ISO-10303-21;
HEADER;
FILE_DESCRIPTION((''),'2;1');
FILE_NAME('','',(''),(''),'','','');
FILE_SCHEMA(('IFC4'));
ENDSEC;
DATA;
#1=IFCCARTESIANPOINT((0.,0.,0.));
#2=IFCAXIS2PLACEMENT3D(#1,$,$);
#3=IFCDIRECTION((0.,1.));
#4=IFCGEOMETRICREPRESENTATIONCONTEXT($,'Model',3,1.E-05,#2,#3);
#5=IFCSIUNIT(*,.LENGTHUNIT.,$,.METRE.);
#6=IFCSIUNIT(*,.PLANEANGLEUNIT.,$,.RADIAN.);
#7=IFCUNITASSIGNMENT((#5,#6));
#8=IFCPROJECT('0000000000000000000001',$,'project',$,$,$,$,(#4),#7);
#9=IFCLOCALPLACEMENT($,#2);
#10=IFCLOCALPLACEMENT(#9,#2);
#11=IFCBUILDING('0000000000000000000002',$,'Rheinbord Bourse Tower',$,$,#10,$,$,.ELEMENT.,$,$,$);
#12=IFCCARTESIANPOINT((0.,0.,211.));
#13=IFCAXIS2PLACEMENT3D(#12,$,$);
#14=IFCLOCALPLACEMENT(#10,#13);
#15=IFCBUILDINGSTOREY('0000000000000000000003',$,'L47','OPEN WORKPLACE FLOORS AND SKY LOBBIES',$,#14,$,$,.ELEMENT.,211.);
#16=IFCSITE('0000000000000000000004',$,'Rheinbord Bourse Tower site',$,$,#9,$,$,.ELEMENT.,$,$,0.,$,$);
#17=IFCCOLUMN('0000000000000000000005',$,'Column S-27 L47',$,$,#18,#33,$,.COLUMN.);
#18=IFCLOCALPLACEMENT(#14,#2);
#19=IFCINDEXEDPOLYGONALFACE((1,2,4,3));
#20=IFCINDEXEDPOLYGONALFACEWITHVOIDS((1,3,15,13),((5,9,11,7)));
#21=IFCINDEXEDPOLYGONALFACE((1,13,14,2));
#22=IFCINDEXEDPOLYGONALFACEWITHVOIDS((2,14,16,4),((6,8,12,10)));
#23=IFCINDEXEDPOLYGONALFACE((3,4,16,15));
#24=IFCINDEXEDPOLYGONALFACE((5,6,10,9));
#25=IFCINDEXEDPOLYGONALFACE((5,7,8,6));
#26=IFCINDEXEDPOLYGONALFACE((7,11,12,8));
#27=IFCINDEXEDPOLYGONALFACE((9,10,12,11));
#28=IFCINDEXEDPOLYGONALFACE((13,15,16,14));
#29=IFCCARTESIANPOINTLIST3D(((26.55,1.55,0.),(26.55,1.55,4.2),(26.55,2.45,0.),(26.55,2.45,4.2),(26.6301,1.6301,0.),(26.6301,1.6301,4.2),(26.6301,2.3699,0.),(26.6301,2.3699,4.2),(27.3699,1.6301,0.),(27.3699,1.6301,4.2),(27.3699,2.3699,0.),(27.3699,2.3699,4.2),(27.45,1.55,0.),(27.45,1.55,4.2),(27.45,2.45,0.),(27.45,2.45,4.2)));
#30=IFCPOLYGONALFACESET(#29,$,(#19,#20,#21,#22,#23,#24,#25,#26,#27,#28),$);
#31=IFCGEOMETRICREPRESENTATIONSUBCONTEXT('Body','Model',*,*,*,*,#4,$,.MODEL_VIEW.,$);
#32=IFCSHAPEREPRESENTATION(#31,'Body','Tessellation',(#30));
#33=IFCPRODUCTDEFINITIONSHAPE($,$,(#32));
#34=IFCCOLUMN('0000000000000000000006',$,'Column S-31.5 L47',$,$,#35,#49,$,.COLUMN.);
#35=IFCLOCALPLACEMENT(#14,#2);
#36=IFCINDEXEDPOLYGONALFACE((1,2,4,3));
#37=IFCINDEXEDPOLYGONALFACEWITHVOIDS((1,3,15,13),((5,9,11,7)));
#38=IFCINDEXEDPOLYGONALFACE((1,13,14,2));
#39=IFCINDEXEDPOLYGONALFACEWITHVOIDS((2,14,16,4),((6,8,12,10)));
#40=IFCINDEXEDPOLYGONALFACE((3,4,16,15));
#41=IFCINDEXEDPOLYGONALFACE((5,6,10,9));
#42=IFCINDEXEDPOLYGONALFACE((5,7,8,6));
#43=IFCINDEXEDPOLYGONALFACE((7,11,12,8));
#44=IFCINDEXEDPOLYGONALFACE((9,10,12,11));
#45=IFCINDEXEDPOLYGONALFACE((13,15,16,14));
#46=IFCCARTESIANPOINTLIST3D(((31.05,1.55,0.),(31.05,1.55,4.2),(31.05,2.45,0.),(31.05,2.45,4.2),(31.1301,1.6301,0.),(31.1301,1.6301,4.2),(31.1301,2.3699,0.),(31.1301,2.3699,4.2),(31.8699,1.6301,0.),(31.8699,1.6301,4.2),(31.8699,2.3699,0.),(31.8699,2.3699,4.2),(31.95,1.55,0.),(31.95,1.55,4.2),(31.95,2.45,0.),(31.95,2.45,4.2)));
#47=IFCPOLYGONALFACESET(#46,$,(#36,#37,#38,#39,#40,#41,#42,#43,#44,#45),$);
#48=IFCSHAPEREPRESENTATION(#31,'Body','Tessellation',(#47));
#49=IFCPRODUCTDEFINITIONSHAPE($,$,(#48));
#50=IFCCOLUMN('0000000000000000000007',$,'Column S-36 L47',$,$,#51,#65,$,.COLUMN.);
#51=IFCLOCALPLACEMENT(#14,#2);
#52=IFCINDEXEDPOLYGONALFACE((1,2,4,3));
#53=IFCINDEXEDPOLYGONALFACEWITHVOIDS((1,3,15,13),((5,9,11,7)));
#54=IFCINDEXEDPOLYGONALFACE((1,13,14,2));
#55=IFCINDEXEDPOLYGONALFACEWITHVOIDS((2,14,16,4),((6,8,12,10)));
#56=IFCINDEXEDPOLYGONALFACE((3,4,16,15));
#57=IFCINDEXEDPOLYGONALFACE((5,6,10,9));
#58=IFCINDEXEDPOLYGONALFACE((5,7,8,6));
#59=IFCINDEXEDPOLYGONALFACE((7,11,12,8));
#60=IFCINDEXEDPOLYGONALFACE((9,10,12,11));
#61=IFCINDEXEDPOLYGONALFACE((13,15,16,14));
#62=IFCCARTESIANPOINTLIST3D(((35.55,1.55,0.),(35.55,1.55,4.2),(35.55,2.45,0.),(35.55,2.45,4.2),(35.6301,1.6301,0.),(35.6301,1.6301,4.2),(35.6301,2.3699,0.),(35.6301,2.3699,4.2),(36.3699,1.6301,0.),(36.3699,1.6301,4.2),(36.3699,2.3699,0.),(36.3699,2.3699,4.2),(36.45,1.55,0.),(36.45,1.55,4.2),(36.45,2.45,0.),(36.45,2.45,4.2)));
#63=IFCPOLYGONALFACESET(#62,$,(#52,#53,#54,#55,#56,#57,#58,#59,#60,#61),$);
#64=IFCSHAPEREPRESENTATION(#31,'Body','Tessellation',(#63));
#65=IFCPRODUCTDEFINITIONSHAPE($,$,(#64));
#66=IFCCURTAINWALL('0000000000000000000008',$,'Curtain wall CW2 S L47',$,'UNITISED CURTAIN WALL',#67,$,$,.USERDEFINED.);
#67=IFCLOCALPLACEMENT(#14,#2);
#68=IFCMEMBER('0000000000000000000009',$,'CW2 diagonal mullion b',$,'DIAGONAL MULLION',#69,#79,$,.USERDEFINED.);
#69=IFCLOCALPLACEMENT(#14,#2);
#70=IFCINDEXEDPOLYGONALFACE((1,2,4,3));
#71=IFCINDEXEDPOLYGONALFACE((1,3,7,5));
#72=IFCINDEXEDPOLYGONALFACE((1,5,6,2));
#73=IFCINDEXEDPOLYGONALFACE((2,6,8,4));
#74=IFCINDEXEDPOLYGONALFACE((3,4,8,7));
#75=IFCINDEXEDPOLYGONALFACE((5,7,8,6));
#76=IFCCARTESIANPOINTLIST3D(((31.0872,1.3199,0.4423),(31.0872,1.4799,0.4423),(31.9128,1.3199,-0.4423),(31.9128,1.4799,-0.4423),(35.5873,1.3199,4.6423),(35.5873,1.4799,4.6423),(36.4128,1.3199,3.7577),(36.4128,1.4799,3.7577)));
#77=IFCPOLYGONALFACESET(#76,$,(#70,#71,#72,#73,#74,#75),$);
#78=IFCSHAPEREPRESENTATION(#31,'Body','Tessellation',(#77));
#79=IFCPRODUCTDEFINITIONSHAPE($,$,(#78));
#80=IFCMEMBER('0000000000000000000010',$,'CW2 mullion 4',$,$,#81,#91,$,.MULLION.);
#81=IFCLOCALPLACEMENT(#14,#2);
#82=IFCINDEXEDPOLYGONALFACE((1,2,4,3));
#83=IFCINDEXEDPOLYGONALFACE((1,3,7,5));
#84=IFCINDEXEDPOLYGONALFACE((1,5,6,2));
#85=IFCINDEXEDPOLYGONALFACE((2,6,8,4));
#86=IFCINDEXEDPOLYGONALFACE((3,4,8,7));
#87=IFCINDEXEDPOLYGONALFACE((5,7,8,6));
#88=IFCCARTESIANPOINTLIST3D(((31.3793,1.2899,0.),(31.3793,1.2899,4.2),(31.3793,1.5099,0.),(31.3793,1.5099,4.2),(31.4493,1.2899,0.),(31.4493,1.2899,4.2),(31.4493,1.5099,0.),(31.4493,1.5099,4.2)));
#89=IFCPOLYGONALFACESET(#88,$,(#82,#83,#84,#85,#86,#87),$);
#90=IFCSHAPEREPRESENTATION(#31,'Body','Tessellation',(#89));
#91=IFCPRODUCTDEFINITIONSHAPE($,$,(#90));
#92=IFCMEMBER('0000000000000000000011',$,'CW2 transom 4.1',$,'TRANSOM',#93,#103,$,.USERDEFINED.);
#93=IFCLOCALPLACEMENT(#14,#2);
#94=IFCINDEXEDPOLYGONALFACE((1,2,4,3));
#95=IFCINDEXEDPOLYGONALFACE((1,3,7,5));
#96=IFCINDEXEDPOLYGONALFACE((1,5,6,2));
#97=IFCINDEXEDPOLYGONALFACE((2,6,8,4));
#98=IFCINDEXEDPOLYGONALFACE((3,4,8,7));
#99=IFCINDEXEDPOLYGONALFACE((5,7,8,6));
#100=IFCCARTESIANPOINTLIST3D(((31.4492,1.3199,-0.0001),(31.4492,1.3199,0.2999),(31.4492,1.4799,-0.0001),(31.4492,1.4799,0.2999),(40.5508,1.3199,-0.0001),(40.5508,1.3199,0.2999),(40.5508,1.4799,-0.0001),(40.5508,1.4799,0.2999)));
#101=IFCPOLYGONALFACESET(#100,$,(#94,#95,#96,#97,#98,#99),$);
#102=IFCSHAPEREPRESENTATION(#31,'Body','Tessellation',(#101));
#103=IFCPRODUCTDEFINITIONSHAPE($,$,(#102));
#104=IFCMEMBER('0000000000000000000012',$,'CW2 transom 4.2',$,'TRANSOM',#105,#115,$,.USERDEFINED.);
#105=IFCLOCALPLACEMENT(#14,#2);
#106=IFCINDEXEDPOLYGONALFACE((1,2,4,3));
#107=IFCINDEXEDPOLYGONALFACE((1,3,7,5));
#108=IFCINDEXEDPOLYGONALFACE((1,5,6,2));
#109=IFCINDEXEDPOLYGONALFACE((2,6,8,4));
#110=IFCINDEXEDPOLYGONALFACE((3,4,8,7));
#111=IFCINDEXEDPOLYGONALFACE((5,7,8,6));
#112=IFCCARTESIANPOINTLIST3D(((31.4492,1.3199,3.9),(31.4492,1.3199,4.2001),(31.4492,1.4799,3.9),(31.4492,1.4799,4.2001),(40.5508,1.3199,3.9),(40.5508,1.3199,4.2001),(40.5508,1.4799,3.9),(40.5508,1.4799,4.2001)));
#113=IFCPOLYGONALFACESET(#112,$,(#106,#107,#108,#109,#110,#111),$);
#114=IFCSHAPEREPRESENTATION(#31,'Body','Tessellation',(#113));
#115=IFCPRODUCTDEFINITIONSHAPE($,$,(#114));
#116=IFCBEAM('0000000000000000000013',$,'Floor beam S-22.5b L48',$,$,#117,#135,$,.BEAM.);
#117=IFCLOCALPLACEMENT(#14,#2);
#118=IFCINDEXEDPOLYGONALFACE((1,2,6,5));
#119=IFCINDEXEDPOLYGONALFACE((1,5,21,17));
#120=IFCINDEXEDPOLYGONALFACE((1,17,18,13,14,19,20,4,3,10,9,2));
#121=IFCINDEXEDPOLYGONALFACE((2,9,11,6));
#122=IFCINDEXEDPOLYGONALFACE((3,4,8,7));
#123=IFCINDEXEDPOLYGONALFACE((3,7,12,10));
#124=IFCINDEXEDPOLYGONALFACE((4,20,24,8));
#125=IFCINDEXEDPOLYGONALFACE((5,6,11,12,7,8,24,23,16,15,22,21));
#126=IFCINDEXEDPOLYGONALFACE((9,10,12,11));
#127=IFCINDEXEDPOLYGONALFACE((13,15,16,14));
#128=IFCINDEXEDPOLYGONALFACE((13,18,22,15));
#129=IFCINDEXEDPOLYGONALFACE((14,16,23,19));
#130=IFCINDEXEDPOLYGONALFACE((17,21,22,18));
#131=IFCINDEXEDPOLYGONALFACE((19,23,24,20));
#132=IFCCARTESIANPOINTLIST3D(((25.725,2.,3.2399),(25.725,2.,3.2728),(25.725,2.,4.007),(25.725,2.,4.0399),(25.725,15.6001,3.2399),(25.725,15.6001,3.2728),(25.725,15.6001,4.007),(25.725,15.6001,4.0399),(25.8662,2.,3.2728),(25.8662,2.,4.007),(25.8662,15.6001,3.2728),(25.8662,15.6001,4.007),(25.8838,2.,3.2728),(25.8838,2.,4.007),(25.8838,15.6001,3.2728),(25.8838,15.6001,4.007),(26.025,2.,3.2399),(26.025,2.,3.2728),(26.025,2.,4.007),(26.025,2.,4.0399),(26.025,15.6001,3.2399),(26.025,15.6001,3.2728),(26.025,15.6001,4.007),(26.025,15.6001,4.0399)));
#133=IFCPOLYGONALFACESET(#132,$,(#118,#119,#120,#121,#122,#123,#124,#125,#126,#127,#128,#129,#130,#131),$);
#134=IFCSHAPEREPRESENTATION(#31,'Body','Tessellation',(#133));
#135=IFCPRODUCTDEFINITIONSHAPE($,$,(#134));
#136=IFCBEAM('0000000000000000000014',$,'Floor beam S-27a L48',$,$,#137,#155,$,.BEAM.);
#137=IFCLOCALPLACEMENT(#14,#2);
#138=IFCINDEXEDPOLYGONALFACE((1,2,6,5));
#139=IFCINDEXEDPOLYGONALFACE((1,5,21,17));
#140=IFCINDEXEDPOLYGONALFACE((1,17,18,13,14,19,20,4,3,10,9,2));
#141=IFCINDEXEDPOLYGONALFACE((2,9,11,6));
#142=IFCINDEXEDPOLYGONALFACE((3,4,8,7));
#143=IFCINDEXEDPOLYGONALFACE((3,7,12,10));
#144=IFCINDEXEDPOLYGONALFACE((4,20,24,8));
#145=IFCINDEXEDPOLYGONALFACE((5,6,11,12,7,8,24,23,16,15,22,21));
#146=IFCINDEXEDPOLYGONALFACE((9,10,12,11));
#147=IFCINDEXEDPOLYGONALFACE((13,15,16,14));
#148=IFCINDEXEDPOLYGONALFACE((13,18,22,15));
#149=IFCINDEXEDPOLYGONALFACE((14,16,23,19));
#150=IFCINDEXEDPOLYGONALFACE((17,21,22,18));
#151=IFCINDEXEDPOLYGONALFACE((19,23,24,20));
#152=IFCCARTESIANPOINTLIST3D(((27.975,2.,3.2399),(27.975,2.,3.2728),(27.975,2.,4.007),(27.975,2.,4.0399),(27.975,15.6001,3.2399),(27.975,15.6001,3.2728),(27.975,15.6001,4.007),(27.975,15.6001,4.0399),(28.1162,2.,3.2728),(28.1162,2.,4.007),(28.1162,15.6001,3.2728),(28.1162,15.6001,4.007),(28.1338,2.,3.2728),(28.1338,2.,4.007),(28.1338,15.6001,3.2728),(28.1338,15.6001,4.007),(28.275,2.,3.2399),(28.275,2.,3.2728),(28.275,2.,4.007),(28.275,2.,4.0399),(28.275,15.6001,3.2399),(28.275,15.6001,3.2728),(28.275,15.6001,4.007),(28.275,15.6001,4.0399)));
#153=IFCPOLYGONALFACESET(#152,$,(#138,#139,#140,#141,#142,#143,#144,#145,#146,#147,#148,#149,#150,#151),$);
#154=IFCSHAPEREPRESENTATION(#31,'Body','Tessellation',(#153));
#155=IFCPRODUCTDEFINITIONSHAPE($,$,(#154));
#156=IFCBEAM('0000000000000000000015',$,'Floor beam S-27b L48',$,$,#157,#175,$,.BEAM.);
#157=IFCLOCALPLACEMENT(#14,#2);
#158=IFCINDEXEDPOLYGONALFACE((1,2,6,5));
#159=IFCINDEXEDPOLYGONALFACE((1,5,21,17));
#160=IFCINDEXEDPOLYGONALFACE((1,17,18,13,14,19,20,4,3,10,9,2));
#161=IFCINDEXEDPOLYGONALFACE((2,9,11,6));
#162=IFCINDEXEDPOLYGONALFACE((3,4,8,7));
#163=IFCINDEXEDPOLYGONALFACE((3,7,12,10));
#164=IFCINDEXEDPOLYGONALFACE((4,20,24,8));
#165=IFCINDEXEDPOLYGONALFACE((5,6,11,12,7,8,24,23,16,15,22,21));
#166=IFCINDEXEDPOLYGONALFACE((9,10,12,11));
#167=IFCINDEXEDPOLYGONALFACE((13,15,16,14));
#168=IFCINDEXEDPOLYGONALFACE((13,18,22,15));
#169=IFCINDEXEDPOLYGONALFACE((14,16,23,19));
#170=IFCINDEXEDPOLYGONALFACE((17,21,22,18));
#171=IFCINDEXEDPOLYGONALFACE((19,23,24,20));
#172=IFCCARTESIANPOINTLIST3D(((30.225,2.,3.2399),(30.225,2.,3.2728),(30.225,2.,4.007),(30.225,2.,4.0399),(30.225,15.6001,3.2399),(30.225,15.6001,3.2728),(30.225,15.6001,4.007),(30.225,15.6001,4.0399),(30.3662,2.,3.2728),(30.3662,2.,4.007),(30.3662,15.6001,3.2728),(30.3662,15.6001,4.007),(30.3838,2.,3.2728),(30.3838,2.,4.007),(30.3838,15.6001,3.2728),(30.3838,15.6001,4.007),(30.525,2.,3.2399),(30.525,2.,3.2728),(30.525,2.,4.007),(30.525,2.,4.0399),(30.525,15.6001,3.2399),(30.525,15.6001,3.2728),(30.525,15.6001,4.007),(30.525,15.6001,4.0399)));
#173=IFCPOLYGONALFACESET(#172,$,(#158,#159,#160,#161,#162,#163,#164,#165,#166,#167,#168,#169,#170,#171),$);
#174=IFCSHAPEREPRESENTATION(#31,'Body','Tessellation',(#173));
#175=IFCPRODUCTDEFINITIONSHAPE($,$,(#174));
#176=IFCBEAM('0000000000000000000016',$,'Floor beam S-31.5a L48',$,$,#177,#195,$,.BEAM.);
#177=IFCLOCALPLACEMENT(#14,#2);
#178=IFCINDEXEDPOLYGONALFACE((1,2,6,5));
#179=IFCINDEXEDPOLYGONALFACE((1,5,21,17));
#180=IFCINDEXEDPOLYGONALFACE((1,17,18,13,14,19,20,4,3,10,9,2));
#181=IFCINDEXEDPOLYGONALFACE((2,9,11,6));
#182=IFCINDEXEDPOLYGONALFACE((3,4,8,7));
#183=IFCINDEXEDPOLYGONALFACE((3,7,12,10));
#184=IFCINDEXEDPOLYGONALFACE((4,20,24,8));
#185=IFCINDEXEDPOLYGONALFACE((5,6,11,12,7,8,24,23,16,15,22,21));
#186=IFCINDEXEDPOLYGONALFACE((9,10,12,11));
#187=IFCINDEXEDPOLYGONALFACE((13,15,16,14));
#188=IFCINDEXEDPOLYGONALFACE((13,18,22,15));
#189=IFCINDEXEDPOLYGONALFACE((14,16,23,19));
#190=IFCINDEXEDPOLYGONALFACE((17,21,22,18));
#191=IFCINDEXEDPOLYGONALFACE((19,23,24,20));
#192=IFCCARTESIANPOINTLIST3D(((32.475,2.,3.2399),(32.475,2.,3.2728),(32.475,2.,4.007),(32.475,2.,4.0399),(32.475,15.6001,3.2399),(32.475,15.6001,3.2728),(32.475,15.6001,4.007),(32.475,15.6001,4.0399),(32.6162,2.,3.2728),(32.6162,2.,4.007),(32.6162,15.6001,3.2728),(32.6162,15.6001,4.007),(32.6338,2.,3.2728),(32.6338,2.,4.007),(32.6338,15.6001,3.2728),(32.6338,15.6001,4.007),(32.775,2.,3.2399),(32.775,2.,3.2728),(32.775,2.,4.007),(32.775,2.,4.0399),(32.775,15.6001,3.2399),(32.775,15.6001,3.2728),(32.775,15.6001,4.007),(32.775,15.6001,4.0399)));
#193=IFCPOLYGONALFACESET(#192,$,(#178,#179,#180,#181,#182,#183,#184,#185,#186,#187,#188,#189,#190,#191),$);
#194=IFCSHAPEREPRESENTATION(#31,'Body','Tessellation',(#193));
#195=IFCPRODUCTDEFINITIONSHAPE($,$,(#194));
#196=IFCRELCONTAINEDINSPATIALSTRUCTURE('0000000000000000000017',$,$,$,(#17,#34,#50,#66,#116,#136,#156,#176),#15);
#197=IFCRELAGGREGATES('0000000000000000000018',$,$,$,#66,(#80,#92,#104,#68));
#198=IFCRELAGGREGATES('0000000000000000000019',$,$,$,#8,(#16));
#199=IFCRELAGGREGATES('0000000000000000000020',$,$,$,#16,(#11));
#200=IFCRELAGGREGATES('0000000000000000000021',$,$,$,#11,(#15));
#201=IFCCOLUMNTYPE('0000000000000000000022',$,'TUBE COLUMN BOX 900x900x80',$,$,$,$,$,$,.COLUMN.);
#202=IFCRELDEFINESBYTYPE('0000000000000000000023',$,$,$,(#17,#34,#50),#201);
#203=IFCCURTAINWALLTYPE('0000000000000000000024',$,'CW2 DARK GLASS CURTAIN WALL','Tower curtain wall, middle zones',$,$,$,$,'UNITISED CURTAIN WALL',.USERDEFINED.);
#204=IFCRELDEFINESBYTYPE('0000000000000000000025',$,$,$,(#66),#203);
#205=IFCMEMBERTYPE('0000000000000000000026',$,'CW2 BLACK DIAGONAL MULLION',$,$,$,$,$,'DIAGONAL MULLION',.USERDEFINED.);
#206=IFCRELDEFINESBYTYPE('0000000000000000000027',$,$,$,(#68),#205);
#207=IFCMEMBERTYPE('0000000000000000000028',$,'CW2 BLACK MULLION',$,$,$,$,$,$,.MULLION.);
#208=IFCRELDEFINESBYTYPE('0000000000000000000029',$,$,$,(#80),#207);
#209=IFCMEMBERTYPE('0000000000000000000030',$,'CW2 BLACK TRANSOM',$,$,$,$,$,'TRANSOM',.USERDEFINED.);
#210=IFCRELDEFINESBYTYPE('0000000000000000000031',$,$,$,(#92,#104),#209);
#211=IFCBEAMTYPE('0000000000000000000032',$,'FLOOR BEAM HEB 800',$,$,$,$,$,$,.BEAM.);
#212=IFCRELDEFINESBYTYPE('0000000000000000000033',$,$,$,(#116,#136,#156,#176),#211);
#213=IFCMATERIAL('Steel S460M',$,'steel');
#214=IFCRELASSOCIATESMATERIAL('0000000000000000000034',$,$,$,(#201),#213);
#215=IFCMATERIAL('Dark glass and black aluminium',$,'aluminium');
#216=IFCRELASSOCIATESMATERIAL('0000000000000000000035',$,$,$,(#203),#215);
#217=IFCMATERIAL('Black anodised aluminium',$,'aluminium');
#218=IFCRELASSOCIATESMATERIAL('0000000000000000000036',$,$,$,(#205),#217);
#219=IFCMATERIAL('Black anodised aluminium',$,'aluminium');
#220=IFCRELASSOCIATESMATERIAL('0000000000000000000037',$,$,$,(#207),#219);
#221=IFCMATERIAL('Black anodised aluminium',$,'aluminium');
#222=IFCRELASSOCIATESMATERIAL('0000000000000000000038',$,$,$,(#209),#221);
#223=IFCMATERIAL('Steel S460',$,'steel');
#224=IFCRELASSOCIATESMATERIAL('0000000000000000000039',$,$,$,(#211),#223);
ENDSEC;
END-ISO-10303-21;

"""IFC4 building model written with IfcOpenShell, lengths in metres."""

from ifc_helpers import new_model, si_unit, direction, frame, origin, origin_2d, place, context, subcontext, project, spatial, rectangle, hollow_rectangle, i_section, extrude, material, material_profile, profile_set, type_object, element, aggregate, save


model = new_model("IFC4")

# Units and contexts
model_context = context("Model", 3, precision=1e-05, world=origin(), true_north=direction((0.0, 1.0)))
body_context = subcontext(model_context, "Body", "Model", "MODEL_VIEW")
ifc_project = project(units=[si_unit("LENGTHUNIT", "METRE"), si_unit("PLANEANGLEUNIT", "RADIAN")], contexts=[model_context])

# Site, building, storey
site_placement = place(None, origin())
site = spatial("IfcSite", under=ifc_project, at=site_placement, Name="Rheinbord Bourse Tower site", CompositionType="ELEMENT", RefElevation=0.0)
building_placement = place(site_placement, origin())
building = spatial("IfcBuilding", under=site, at=building_placement, Name="Rheinbord Bourse Tower", CompositionType="ELEMENT")
storey_placement = place(building_placement, frame((0.0, 0.0, 211.0)))
storey = spatial("IfcBuildingStorey", under=building, at=storey_placement, Name="L47", Description="OPEN WORKPLACE FLOORS AND SKY LOBBIES", CompositionType="ELEMENT", Elevation=211.0)

# Columns
ifc_material_1 = material(Name="Steel S460M", Category="steel")
ifc_material_profile_1 = material_profile(ifc_material_1, hollow_rectangle(XDim=0.8999, YDim=0.8999, WallThickness=0.0801, at=origin_2d()), Name="BOX 900x900x80")
ifc_profile_set_1 = profile_set([ifc_material_profile_1], Name="Steel S460M")
column_type = type_object("IfcColumnType", Name="TUBE COLUMN BOX 900x900x80", PredefinedType="COLUMN", material=ifc_profile_set_1)
for number, where, z_axis, x_axis, name in (
    (1, (27.0, 2.0, 0.0), (0.0, 0.0, 1.0), (0.0, 1.0, 0.0), "Column S-27 L47"),
    (2, (31.5, 2.0, 0.0), (0.0, 0.0, 1.0), (0.0, 1.0, 0.0), "Column S-31.5 L47"),
    (3, (36.0, 2.0, 0.0), (0.0, 0.0, 1.0), (0.0, 1.0, 0.0), "Column S-36 L47"),
):
    element("IfcColumn", number, at=place(storey_placement, frame(where, z_axis=z_axis, x_axis=x_axis)), inside=storey, type_object=column_type, Name=name, PredefinedType="COLUMN", context=body_context, shape_type="SweptSolid", body=[
        extrude(hollow_rectangle(XDim=0.8999, YDim=0.8999, WallThickness=0.0801, at=origin_2d()), origin(), (0.0, 0.0, 1.0), 4.2),
    ])

# Curtain wall, members
ifc_material_2 = material(Name="Dark glass and black aluminium", Category="aluminium")
curtain_wall_type = type_object("IfcCurtainWallType", Name="CW2 DARK GLASS CURTAIN WALL", Description="Tower curtain wall, middle zones", ElementType="UNITISED CURTAIN WALL", PredefinedType="USERDEFINED", material=ifc_material_2)
curtain_wall_placement = place(storey_placement, origin())
curtain_wall = element("IfcCurtainWall", 4, at=curtain_wall_placement, inside=storey, type_object=curtain_wall_type, Name="Curtain wall CW2 S L47", ObjectType="UNITISED CURTAIN WALL", PredefinedType="USERDEFINED")
ifc_material_3 = material(Name="Black anodised aluminium", Category="aluminium")
ifc_material_profile_2 = material_profile(ifc_material_3, rectangle(XDim=0.1599, YDim=1.21, at=origin_2d()), Name="CW2 DIAGONAL MULLION 1210x160")
ifc_profile_set_2 = profile_set([ifc_material_profile_2], Name="Black anodised aluminium")
member_type_1 = type_object("IfcMemberType", Name="CW2 BLACK DIAGONAL MULLION", ElementType="DIAGONAL MULLION", PredefinedType="USERDEFINED", material=ifc_profile_set_2)
member_1_placement = place(storey_placement, frame((31.5, 1.3999, 0.0), z_axis=(0.731059, 0.0, 0.682314), x_axis=(0.0, 1.0, 0.0)))
member_1 = element("IfcMember", 5, at=member_1_placement, type_object=member_type_1, Name="CW2 diagonal mullion b", ObjectType="DIAGONAL MULLION", PredefinedType="USERDEFINED", context=body_context, shape_type="SweptSolid", body=[
    extrude(rectangle(XDim=0.1599, YDim=1.21, at=origin_2d()), origin(), (0.0, 0.0, 1.0), 6.1555),
])
ifc_material_4 = material(Name="Black anodised aluminium", Category="aluminium")
ifc_material_profile_3 = material_profile(ifc_material_4, rectangle(XDim=0.22, YDim=0.0701, at=origin_2d()), Name="CW2 MULLION 70x220")
ifc_profile_set_3 = profile_set([ifc_material_profile_3], Name="Black anodised aluminium")
member_type_2 = type_object("IfcMemberType", Name="CW2 BLACK MULLION", PredefinedType="MULLION", material=ifc_profile_set_3)
member_2_placement = place(storey_placement, frame((31.4143, 1.3999, 0.0), z_axis=(0.0, 0.0, 1.0), x_axis=(0.0, 1.0, 0.0)))
member_2 = element("IfcMember", 6, at=member_2_placement, type_object=member_type_2, Name="CW2 mullion 4", PredefinedType="MULLION", context=body_context, shape_type="SweptSolid", body=[
    extrude(rectangle(XDim=0.22, YDim=0.0701, at=origin_2d()), origin(), (0.0, 0.0, 1.0), 4.2),
])
ifc_material_5 = material(Name="Black anodised aluminium", Category="aluminium")
ifc_material_profile_4 = material_profile(ifc_material_5, rectangle(XDim=0.1599, YDim=0.3, at=origin_2d()), Name="CW2 TRANSOM 300x160")
ifc_profile_set_4 = profile_set([ifc_material_profile_4], Name="Black anodised aluminium")
member_type_3 = type_object("IfcMemberType", Name="CW2 BLACK TRANSOM", ElementType="TRANSOM", PredefinedType="USERDEFINED", material=ifc_profile_set_4)
member_3_placement = place(storey_placement, frame((31.4492, 1.3999, 0.1499), z_axis=(1.0, 0.0, 0.0), x_axis=(0.0, 1.0, 0.0)))
member_3 = element("IfcMember", 7, at=member_3_placement, type_object=member_type_3, Name="CW2 transom 4.1", ObjectType="TRANSOM", PredefinedType="USERDEFINED", context=body_context, shape_type="SweptSolid", body=[
    extrude(rectangle(XDim=0.1599, YDim=0.3, at=origin_2d()), origin(), (0.0, 0.0, 1.0), 9.1016),
])
member_4_placement = place(storey_placement, frame((31.4492, 1.3999, 4.05), z_axis=(1.0, 0.0, 0.0), x_axis=(0.0, 1.0, 0.0)))
member_4 = element("IfcMember", 8, at=member_4_placement, type_object=member_type_3, Name="CW2 transom 4.2", ObjectType="TRANSOM", PredefinedType="USERDEFINED", context=body_context, shape_type="SweptSolid", body=[
    extrude(rectangle(XDim=0.1599, YDim=0.3, at=origin_2d()), origin(), (0.0, 0.0, 1.0), 9.1016),
])

# Beams
ifc_material_6 = material(Name="Steel S460", Category="steel")
ifc_material_profile_5 = material_profile(ifc_material_6, i_section(OverallWidth=0.3, OverallDepth=0.8, WebThickness=0.0176, FlangeThickness=0.033, at=origin_2d()), Name="HEB 800")
ifc_profile_set_5 = profile_set([ifc_material_profile_5], Name="Steel S460")
beam_type_1 = type_object("IfcBeamType", Name="FLOOR BEAM HEB 800", PredefinedType="BEAM", material=ifc_profile_set_5)
for number, where, z_axis, x_axis, name in (
    (9, (25.875, 2.0, 3.6399), (0.0, 1.0, 0.0), (-1.0, 0.0, 0.0), "Floor beam S-22.5b L48"),
    (10, (28.125, 2.0, 3.6399), (0.0, 1.0, 0.0), (-1.0, 0.0, 0.0), "Floor beam S-27a L48"),
    (11, (30.375, 2.0, 3.6399), (0.0, 1.0, 0.0), (-1.0, 0.0, 0.0), "Floor beam S-27b L48"),
    (12, (32.625, 2.0, 3.6399), (0.0, 1.0, 0.0), (-1.0, 0.0, 0.0), "Floor beam S-31.5a L48"),
):
    element("IfcBeam", number, at=place(storey_placement, frame(where, z_axis=z_axis, x_axis=x_axis)), inside=storey, type_object=beam_type_1, Name=name, PredefinedType="BEAM", context=body_context, shape_type="SweptSolid", body=[
        extrude(i_section(OverallWidth=0.3, OverallDepth=0.8, WebThickness=0.0176, FlangeThickness=0.033, at=origin_2d()), origin(), (0.0, 0.0, 1.0), 13.6001),
    ])

aggregate(curtain_wall, [member_2, member_3, member_4, member_1])

save(model, "model.ifc")
